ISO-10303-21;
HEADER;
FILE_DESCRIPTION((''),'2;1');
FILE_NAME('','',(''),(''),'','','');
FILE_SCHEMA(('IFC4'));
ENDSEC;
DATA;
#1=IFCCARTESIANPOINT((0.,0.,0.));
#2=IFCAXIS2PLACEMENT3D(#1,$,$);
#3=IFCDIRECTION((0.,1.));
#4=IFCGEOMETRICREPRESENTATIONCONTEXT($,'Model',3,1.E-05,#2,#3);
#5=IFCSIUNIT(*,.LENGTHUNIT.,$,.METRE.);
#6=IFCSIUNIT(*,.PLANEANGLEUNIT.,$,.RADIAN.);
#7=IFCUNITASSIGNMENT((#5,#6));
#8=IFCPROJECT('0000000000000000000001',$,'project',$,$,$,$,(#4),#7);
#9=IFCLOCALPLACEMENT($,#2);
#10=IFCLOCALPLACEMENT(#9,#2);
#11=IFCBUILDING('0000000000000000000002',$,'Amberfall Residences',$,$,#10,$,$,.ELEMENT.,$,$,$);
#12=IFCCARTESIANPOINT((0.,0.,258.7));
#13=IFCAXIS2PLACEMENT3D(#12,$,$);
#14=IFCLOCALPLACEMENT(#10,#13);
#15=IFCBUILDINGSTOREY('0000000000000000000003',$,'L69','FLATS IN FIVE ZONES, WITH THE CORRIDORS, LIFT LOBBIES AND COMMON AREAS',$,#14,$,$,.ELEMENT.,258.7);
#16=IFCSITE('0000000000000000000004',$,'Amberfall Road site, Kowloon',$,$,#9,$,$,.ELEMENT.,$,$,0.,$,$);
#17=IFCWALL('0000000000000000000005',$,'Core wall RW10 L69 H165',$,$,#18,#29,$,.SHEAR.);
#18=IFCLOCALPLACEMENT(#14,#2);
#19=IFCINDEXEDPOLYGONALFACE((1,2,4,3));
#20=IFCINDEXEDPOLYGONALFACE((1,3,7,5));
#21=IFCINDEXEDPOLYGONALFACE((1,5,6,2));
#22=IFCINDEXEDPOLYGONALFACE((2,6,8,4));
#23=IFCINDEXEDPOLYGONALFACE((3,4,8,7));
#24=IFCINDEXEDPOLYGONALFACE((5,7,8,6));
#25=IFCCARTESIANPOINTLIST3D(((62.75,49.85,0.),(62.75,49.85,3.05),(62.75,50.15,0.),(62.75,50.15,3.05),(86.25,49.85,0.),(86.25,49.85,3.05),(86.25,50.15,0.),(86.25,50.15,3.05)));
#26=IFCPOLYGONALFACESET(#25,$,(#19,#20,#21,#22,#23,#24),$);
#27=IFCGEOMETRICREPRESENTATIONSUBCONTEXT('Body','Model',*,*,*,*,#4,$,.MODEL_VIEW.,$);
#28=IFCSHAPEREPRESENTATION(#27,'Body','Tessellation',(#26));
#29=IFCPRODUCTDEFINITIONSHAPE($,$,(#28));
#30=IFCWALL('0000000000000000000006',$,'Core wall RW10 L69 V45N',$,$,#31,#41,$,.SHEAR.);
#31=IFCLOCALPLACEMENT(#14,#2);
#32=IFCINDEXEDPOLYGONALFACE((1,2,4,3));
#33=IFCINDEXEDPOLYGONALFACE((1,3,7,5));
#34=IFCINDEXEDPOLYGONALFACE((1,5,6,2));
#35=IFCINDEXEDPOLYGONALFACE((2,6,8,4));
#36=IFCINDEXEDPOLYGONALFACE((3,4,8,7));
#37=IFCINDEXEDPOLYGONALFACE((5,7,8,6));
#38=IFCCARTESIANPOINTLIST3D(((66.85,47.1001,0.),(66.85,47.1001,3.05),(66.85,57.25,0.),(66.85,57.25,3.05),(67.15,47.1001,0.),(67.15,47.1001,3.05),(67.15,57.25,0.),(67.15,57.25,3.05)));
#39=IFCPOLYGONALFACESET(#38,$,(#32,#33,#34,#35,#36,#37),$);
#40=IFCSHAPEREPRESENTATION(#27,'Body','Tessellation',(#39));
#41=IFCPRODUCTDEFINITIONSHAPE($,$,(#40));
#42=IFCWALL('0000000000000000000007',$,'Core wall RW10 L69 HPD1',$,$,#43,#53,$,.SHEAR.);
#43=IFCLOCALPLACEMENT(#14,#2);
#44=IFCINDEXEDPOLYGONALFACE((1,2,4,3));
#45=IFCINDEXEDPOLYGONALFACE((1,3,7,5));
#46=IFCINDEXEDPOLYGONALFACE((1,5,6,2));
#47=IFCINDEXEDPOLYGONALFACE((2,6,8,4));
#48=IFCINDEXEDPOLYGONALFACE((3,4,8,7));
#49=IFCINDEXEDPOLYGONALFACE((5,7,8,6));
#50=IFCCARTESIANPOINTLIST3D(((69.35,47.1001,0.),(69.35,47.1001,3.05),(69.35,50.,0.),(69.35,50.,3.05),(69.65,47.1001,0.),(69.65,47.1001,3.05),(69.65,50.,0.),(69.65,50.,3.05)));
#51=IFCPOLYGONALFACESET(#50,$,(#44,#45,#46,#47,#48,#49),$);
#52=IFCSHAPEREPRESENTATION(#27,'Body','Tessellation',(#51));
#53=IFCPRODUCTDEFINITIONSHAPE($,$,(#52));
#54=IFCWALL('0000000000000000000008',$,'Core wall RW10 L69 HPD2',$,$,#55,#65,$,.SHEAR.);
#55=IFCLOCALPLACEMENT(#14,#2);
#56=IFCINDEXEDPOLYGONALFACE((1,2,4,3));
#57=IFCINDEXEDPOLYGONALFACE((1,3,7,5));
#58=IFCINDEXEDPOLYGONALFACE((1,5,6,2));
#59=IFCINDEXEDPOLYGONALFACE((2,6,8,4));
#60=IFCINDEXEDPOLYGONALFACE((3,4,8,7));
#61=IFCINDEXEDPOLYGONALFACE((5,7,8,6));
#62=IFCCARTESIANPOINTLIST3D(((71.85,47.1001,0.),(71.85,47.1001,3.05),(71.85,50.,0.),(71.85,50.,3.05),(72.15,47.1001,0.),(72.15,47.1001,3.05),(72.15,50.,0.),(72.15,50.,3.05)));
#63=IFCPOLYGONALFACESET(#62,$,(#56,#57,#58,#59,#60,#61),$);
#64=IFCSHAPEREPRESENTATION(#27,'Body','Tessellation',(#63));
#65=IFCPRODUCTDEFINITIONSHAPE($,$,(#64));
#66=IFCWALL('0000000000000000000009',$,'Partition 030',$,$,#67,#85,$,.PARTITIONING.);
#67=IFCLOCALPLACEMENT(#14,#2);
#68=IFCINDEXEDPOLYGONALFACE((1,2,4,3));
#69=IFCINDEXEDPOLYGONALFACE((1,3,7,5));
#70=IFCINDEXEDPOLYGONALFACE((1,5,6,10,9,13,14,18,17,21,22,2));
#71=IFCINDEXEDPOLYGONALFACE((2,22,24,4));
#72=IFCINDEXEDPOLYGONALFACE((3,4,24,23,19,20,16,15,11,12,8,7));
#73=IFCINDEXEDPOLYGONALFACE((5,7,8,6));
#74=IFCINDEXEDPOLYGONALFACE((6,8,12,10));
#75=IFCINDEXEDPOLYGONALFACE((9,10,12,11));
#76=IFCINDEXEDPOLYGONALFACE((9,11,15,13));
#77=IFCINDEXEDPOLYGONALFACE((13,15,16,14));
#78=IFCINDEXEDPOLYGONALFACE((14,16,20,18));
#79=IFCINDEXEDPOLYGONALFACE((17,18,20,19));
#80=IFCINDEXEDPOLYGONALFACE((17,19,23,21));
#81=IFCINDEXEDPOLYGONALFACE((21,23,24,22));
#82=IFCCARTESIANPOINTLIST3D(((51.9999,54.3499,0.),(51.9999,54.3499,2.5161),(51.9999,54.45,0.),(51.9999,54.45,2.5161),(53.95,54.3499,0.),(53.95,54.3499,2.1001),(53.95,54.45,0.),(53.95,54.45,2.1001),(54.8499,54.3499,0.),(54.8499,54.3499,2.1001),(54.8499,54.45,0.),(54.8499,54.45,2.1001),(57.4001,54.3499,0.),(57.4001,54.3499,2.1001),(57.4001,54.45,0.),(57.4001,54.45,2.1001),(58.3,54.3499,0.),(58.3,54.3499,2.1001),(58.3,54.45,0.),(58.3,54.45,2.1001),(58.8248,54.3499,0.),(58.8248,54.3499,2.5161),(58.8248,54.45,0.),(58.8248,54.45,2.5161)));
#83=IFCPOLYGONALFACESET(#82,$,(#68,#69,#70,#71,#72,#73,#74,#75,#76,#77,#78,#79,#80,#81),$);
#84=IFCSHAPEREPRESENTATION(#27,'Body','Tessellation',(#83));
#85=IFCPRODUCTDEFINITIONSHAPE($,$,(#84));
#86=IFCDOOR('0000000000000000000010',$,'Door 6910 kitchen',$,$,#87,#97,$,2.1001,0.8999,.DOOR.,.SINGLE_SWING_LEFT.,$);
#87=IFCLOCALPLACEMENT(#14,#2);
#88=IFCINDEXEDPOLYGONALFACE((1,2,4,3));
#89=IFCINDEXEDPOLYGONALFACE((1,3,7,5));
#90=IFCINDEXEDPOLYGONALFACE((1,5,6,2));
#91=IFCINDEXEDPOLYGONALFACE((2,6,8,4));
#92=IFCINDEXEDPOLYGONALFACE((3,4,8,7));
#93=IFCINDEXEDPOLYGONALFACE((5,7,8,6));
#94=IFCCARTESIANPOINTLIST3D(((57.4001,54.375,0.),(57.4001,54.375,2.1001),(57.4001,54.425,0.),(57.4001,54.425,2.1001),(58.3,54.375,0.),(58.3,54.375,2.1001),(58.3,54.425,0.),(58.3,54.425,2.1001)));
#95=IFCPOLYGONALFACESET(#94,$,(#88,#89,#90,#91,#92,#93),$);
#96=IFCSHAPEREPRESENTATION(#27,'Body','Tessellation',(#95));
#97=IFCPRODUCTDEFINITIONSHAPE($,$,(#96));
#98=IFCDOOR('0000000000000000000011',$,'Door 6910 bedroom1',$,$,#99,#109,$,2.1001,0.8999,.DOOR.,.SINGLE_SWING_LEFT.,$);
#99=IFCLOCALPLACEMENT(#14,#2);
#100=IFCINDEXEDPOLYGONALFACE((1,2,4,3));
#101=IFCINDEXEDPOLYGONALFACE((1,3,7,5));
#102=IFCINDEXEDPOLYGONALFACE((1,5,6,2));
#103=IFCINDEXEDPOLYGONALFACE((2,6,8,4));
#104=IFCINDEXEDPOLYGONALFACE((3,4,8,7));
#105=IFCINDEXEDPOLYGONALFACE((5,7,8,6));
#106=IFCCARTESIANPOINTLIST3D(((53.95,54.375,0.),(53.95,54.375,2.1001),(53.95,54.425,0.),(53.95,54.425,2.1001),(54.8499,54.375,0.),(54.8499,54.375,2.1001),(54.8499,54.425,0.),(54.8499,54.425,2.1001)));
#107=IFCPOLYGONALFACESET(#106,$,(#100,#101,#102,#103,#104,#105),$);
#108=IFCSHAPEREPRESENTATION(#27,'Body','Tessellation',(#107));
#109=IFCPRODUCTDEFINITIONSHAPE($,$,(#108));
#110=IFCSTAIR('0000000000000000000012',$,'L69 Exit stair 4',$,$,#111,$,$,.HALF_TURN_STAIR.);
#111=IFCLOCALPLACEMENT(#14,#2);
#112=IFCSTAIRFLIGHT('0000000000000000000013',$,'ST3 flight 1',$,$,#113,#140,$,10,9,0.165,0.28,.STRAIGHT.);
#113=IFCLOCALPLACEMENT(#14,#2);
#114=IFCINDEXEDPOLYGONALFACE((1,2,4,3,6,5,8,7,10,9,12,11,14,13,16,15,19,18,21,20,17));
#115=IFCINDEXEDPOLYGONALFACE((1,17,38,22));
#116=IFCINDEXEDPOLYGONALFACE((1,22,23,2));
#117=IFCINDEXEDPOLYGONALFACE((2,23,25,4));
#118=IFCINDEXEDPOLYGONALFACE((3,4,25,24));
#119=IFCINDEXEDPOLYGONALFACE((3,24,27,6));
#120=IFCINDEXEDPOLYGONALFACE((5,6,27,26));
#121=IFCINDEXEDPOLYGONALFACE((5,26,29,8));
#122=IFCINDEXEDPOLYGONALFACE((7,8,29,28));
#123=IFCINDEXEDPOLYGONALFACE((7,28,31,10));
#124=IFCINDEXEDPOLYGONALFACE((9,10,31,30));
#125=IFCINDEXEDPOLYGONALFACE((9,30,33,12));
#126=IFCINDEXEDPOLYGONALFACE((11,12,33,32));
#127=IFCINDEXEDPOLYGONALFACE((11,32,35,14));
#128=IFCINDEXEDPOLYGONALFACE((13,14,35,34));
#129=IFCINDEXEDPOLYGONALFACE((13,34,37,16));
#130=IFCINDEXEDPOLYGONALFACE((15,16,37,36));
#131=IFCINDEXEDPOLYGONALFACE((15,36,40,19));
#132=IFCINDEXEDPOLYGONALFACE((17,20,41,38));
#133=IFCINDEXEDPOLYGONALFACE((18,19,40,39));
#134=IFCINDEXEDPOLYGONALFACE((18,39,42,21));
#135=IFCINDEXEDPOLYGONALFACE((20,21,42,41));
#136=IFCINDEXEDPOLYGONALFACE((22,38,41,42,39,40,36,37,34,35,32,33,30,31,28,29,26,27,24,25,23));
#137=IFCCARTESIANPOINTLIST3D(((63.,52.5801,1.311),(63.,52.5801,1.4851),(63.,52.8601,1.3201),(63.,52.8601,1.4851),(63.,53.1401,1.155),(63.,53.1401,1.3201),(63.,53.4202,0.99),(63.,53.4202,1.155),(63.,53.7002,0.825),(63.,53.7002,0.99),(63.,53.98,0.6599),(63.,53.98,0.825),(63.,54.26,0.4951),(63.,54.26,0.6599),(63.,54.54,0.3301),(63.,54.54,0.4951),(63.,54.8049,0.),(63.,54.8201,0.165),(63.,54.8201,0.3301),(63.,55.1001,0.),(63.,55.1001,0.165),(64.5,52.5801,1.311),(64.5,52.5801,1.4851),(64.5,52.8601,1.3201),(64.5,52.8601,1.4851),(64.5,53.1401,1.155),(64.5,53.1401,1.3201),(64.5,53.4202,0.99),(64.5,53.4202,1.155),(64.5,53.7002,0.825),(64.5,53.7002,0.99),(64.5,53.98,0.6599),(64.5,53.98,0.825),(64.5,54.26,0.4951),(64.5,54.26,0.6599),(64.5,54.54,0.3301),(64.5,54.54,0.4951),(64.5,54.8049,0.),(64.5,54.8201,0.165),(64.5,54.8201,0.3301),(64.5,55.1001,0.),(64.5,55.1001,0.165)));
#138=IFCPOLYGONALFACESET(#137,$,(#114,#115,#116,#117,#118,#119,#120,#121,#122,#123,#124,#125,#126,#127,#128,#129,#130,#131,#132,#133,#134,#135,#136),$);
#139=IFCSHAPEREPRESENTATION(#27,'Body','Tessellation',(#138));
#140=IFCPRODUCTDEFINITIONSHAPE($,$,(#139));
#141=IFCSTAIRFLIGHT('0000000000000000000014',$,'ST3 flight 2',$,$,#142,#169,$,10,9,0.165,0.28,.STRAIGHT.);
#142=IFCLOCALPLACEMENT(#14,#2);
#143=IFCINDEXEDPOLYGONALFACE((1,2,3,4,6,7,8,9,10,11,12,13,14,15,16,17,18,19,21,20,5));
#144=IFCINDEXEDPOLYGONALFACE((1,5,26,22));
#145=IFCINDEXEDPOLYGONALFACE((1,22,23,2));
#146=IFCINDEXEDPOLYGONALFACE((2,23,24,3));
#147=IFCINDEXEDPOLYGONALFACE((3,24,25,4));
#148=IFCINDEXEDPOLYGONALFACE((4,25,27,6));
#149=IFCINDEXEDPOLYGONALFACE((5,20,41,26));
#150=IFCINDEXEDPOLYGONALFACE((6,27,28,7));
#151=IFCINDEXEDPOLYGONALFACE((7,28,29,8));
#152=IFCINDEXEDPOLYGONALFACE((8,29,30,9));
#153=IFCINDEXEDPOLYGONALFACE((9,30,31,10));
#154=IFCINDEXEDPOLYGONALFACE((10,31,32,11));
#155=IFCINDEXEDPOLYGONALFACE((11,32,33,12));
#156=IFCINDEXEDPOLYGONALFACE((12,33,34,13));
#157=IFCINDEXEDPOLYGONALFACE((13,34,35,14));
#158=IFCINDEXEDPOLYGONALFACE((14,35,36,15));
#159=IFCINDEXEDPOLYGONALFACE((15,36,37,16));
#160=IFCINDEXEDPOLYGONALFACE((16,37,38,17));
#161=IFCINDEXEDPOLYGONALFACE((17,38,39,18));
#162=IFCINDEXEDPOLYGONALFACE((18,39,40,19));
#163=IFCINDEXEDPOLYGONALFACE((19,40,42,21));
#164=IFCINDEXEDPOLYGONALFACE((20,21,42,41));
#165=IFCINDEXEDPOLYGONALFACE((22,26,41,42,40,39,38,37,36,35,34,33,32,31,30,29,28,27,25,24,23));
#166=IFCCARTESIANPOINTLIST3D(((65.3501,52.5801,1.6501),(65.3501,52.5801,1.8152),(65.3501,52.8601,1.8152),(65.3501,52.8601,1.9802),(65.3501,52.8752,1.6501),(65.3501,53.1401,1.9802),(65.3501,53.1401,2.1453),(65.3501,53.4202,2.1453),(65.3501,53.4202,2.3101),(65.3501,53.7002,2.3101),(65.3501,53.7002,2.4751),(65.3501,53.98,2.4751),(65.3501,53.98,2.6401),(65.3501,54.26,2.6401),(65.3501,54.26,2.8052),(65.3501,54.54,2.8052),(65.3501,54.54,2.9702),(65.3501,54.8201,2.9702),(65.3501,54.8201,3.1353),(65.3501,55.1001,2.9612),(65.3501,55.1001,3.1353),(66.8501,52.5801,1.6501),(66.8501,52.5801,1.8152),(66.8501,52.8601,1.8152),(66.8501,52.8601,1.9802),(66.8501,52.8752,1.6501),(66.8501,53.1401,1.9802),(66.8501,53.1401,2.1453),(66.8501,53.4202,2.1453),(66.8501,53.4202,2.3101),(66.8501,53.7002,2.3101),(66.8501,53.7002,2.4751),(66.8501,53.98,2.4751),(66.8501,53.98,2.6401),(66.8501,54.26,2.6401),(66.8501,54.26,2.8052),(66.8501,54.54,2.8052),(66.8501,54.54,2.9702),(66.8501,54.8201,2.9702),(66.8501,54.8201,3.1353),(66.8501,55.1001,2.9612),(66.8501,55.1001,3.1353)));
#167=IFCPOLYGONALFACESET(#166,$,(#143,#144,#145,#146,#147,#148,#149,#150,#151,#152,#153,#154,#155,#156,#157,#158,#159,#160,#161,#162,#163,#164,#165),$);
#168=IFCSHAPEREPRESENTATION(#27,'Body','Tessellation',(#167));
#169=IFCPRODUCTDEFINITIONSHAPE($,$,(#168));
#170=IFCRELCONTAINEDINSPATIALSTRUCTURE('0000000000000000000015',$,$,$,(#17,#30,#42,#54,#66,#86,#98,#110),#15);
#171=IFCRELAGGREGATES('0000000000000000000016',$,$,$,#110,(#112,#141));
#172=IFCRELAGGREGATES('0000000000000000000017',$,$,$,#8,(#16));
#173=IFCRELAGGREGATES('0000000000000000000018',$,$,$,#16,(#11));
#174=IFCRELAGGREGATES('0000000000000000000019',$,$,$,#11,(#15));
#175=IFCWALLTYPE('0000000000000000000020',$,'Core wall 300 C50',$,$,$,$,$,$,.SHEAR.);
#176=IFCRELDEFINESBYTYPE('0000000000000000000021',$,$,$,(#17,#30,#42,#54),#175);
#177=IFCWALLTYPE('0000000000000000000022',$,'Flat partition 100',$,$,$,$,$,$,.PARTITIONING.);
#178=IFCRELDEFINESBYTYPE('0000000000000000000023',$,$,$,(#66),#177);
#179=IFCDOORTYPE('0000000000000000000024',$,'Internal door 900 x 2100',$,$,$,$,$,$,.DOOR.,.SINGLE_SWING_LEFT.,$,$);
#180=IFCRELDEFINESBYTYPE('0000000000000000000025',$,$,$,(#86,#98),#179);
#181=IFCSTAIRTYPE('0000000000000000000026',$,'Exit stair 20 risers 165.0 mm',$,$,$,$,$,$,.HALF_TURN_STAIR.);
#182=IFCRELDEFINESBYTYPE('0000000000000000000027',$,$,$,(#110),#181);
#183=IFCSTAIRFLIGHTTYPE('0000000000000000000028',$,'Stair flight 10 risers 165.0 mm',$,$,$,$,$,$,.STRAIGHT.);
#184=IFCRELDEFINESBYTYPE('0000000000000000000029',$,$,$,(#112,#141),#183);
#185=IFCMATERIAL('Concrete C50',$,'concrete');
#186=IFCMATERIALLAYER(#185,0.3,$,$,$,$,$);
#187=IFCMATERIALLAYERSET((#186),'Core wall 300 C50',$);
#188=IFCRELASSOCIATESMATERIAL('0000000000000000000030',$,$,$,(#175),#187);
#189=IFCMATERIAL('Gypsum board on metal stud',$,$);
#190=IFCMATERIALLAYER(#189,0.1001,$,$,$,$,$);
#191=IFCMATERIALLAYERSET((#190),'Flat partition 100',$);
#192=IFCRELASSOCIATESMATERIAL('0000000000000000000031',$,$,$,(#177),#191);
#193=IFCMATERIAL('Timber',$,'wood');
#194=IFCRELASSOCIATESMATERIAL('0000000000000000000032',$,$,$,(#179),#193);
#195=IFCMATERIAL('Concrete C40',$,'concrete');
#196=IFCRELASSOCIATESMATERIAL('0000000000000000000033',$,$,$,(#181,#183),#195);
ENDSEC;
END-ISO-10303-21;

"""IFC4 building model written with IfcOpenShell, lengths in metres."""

from ifc_helpers import new_model, si_unit, direction, frame, frame_2d, origin, place, context, subcontext, project, spatial, polyline, rectangle, outline, extrude, material, layer, layer_set, type_object, element, fill, aggregate, save


model = new_model("IFC4")

# Units and contexts
model_context = context("Model", 3, precision=1e-05, world=origin(), true_north=direction((0.0, 1.0)))
body_context = subcontext(model_context, "Body", "Model", "MODEL_VIEW")
ifc_project = project(units=[si_unit("LENGTHUNIT", "METRE"), si_unit("PLANEANGLEUNIT", "RADIAN")], contexts=[model_context])

# Site, building, storey
site_placement = place(None, origin())
site = spatial("IfcSite", under=ifc_project, at=site_placement, Name="Amberfall Road site, Kowloon", CompositionType="ELEMENT", RefElevation=0.0)
building_placement = place(site_placement, origin())
building = spatial("IfcBuilding", under=site, at=building_placement, Name="Amberfall Residences", CompositionType="ELEMENT")
storey_placement = place(building_placement, frame((0.0, 0.0, 258.7)))
storey = spatial("IfcBuildingStorey", under=building, at=storey_placement, Name="L69", Description="FLATS IN FIVE ZONES, WITH THE CORRIDORS, LIFT LOBBIES AND COMMON AREAS", CompositionType="ELEMENT", Elevation=258.7)

# Shared definitions
ifc_material_1 = material(Name="Concrete C50", Category="concrete")
ifc_layer_1 = layer(ifc_material_1, 0.3)
ifc_layer_set_1 = layer_set([ifc_layer_1], Name="Core wall 300 C50")
wall_type_1 = type_object("IfcWallType", Name="Core wall 300 C50", PredefinedType="SHEAR", material=ifc_layer_set_1)

# Walls
wall_1_placement = place(storey_placement, frame((62.75, 50.0, 0.0), z_axis=(0.0, 0.0, 1.0), x_axis=(1.0, 0.0, 0.0)))
element("IfcWall", 1, at=wall_1_placement, inside=storey, type_object=wall_type_1, Name="Core wall RW10 L69 H165", PredefinedType="SHEAR", context=body_context, shape_type="SweptSolid", body=[
    extrude(rectangle(XDim=23.5, YDim=0.3, at=frame_2d((11.75, 0.0))), origin(), (0.0, 0.0, 1.0), 3.05),
])
wall_2_placement = place(storey_placement, frame((67.0, 47.1001, 0.0), z_axis=(0.0, 0.0, 1.0), x_axis=(0.0, 1.0, 0.0)))
element("IfcWall", 2, at=wall_2_placement, inside=storey, type_object=wall_type_1, Name="Core wall RW10 L69 V45N", PredefinedType="SHEAR", context=body_context, shape_type="SweptSolid", body=[
    extrude(rectangle(XDim=10.1499, YDim=0.3, at=frame_2d((5.075, 0.0))), origin(), (0.0, 0.0, 1.0), 3.05),
])
for number, where, z_axis, x_axis, name in (
    (3, (69.5, 47.1001, 0.0), (0.0, 0.0, 1.0), (0.0, 1.0, 0.0), "Core wall RW10 L69 HPD1"),
    (4, (72.0, 47.1001, 0.0), (0.0, 0.0, 1.0), (0.0, 1.0, 0.0), "Core wall RW10 L69 HPD2"),
):
    element("IfcWall", number, at=place(storey_placement, frame(where, z_axis=z_axis, x_axis=x_axis)), inside=storey, type_object=wall_type_1, Name=name, PredefinedType="SHEAR", context=body_context, shape_type="SweptSolid", body=[
        extrude(rectangle(XDim=2.8999, YDim=0.3, at=frame_2d((1.45, 0.0))), origin(), (0.0, 0.0, 1.0), 3.05),
    ])

# Wall, openings, doors
ifc_material_2 = material(Name="Gypsum board on metal stud")
ifc_layer_2 = layer(ifc_material_2, 0.1001)
ifc_layer_set_2 = layer_set([ifc_layer_2], Name="Flat partition 100")
wall_type_2 = type_object("IfcWallType", Name="Flat partition 100", PredefinedType="PARTITIONING", material=ifc_layer_set_2)
wall_3_placement = place(storey_placement, frame((58.825, 54.3999, 0.0), z_axis=(0.0, 0.0, 1.0), x_axis=(-1.0, 0.0, 0.0)))
wall_3 = element("IfcWall", 5, at=wall_3_placement, inside=storey, type_object=wall_type_2, Name="Partition 030", PredefinedType="PARTITIONING", context=body_context, shape_type="SweptSolid", body=[
    extrude(rectangle(XDim=6.825, YDim=0.1001, at=frame_2d((3.4126, 0.0))), origin(), (0.0, 0.0, 1.0), 2.5161),
])
opening_1_placement = place(wall_3_placement, frame((0.5249, 0.0, 0.0)))
opening_1 = element("IfcOpeningElement", 6, at=opening_1_placement, cuts=wall_3, PredefinedType="OPENING", context=body_context, shape_type="SweptSolid", body=[
    extrude(rectangle(XDim=0.8999, YDim=2.1001, at=frame_2d((0.45, 1.05))), frame((0.0, 0.0601, 0.0), z_axis=(0.0, -1.0, 0.0), x_axis=(1.0, 0.0, 0.0)), (0.0, 0.0, 1.0), 0.1201),
])
opening_2_placement = place(wall_3_placement, frame((3.9751, 0.0, 0.0)))
opening_2 = element("IfcOpeningElement", 7, at=opening_2_placement, cuts=wall_3, PredefinedType="OPENING", context=body_context, shape_type="SweptSolid", body=[
    extrude(rectangle(XDim=0.8999, YDim=2.1001, at=frame_2d((0.45, 1.05))), frame((0.0, 0.0601, 0.0), z_axis=(0.0, -1.0, 0.0), x_axis=(1.0, 0.0, 0.0)), (0.0, 0.0, 1.0), 0.1201),
])
ifc_material_3 = material(Name="Timber", Category="wood")
door_type_1 = type_object("IfcDoorType", Name="Internal door 900 x 2100", OperationType="SINGLE_SWING_LEFT", PredefinedType="DOOR", material=ifc_material_3)
door_1_placement = place(opening_1_placement, origin())
door_1 = element("IfcDoor", 8, at=door_1_placement, inside=storey, type_object=door_type_1, Name="Door 6910 kitchen", OperationType="SINGLE_SWING_LEFT", OverallHeight=2.1001, OverallWidth=0.8999, PredefinedType="DOOR", context=body_context, shape_type="SweptSolid", body=[
    extrude(rectangle(XDim=0.8999, YDim=2.1001, at=frame_2d((0.45, 1.05))), frame((0.0, 0.0249, 0.0), z_axis=(0.0, -1.0, 0.0), x_axis=(1.0, 0.0, 0.0)), (0.0, 0.0, 1.0), 0.05),
])
fill(opening_1, door_1)
door_2_placement = place(opening_2_placement, origin())
door_2 = element("IfcDoor", 9, at=door_2_placement, inside=storey, type_object=door_type_1, Name="Door 6910 bedroom1", OperationType="SINGLE_SWING_LEFT", OverallHeight=2.1001, OverallWidth=0.8999, PredefinedType="DOOR", context=body_context, shape_type="SweptSolid", body=[
    extrude(rectangle(XDim=0.8999, YDim=2.1001, at=frame_2d((0.45, 1.05))), frame((0.0, 0.0249, 0.0), z_axis=(0.0, -1.0, 0.0), x_axis=(1.0, 0.0, 0.0)), (0.0, 0.0, 1.0), 0.05),
])
fill(opening_2, door_2)

# Stair, stair flights
ifc_material_4 = material(Name="Concrete C40", Category="concrete")
stair_type = type_object("IfcStairType", Name="Exit stair 20 risers 165.0 mm", PredefinedType="HALF_TURN_STAIR", material=ifc_material_4)
stair_placement = place(storey_placement, origin())
stair = element("IfcStair", 10, at=stair_placement, inside=storey, type_object=stair_type, Name="L69 Exit stair 4", PredefinedType="HALF_TURN_STAIR")
stair_flight_type = type_object("IfcStairFlightType", Name="Stair flight 10 risers 165.0 mm", PredefinedType="STRAIGHT", material=ifc_material_4)
stair_flight_1_placement = place(storey_placement, frame((63.75, 55.1001, 0.0), z_axis=(0.0, 0.0, 1.0), x_axis=(0.0, -1.0, 0.0)))
stair_flight_1 = element("IfcStairFlight", 11, at=stair_flight_1_placement, type_object=stair_flight_type, Name="ST3 flight 1", NumberOfRisers=10, NumberOfTreads=9, PredefinedType="STRAIGHT", RiserHeight=0.165, TreadLength=0.28, context=body_context, shape_type="SweptSolid", body=[
    extrude(outline(polyline([(0.0, 0.0), (0.0, 0.165), (0.28, 0.165), (0.28, 0.3301), (0.5601, 0.3301), (0.5601, 0.4951), (0.8401, 0.4951), (0.8401, 0.6599), (1.1201, 0.6599), (1.1201, 0.825), (1.3999, 0.825), (1.3999, 0.99), (1.6799, 0.99), (1.6799, 1.155), (1.96, 1.155), (1.96, 1.3201), (2.24, 1.3201), (2.24, 1.4851), (2.52, 1.4851), (2.52, 1.6499), (2.52, 1.311), (0.2952, 0.0), (0.0, 0.0)])), frame((0.0, 0.75, 0.0), z_axis=(0.0, -1.0, 0.0), x_axis=(1.0, 0.0, 0.0)), (0.0, 0.0, 1.0), 1.5),
])
stair_flight_2_placement = place(storey_placement, frame((66.1001, 52.5801, 1.6501), z_axis=(0.0, 0.0, 1.0), x_axis=(0.0, 1.0, 0.0)))
stair_flight_2 = element("IfcStairFlight", 12, at=stair_flight_2_placement, type_object=stair_flight_type, Name="ST3 flight 2", NumberOfRisers=10, NumberOfTreads=9, PredefinedType="STRAIGHT", RiserHeight=0.165, TreadLength=0.28, context=body_context, shape_type="SweptSolid", body=[
    extrude(outline(polyline([(0.0, 0.0), (0.0, 0.165), (0.28, 0.165), (0.28, 0.3301), (0.5601, 0.3301), (0.5601, 0.4951), (0.8401, 0.4951), (0.8401, 0.6599), (1.1201, 0.6599), (1.1201, 0.825), (1.3999, 0.825), (1.3999, 0.99), (1.6799, 0.99), (1.6799, 1.155), (1.96, 1.155), (1.96, 1.3201), (2.24, 1.3201), (2.24, 1.4851), (2.52, 1.4851), (2.52, 1.6499), (2.52, 1.311), (0.2952, 0.0), (0.0, 0.0)])), frame((0.0, 0.75, 0.0), z_axis=(0.0, -1.0, 0.0), x_axis=(1.0, 0.0, 0.0)), (0.0, 0.0, 1.0), 1.5),
])
aggregate(stair, [stair_flight_1, stair_flight_2])

save(model, "model.ifc")
